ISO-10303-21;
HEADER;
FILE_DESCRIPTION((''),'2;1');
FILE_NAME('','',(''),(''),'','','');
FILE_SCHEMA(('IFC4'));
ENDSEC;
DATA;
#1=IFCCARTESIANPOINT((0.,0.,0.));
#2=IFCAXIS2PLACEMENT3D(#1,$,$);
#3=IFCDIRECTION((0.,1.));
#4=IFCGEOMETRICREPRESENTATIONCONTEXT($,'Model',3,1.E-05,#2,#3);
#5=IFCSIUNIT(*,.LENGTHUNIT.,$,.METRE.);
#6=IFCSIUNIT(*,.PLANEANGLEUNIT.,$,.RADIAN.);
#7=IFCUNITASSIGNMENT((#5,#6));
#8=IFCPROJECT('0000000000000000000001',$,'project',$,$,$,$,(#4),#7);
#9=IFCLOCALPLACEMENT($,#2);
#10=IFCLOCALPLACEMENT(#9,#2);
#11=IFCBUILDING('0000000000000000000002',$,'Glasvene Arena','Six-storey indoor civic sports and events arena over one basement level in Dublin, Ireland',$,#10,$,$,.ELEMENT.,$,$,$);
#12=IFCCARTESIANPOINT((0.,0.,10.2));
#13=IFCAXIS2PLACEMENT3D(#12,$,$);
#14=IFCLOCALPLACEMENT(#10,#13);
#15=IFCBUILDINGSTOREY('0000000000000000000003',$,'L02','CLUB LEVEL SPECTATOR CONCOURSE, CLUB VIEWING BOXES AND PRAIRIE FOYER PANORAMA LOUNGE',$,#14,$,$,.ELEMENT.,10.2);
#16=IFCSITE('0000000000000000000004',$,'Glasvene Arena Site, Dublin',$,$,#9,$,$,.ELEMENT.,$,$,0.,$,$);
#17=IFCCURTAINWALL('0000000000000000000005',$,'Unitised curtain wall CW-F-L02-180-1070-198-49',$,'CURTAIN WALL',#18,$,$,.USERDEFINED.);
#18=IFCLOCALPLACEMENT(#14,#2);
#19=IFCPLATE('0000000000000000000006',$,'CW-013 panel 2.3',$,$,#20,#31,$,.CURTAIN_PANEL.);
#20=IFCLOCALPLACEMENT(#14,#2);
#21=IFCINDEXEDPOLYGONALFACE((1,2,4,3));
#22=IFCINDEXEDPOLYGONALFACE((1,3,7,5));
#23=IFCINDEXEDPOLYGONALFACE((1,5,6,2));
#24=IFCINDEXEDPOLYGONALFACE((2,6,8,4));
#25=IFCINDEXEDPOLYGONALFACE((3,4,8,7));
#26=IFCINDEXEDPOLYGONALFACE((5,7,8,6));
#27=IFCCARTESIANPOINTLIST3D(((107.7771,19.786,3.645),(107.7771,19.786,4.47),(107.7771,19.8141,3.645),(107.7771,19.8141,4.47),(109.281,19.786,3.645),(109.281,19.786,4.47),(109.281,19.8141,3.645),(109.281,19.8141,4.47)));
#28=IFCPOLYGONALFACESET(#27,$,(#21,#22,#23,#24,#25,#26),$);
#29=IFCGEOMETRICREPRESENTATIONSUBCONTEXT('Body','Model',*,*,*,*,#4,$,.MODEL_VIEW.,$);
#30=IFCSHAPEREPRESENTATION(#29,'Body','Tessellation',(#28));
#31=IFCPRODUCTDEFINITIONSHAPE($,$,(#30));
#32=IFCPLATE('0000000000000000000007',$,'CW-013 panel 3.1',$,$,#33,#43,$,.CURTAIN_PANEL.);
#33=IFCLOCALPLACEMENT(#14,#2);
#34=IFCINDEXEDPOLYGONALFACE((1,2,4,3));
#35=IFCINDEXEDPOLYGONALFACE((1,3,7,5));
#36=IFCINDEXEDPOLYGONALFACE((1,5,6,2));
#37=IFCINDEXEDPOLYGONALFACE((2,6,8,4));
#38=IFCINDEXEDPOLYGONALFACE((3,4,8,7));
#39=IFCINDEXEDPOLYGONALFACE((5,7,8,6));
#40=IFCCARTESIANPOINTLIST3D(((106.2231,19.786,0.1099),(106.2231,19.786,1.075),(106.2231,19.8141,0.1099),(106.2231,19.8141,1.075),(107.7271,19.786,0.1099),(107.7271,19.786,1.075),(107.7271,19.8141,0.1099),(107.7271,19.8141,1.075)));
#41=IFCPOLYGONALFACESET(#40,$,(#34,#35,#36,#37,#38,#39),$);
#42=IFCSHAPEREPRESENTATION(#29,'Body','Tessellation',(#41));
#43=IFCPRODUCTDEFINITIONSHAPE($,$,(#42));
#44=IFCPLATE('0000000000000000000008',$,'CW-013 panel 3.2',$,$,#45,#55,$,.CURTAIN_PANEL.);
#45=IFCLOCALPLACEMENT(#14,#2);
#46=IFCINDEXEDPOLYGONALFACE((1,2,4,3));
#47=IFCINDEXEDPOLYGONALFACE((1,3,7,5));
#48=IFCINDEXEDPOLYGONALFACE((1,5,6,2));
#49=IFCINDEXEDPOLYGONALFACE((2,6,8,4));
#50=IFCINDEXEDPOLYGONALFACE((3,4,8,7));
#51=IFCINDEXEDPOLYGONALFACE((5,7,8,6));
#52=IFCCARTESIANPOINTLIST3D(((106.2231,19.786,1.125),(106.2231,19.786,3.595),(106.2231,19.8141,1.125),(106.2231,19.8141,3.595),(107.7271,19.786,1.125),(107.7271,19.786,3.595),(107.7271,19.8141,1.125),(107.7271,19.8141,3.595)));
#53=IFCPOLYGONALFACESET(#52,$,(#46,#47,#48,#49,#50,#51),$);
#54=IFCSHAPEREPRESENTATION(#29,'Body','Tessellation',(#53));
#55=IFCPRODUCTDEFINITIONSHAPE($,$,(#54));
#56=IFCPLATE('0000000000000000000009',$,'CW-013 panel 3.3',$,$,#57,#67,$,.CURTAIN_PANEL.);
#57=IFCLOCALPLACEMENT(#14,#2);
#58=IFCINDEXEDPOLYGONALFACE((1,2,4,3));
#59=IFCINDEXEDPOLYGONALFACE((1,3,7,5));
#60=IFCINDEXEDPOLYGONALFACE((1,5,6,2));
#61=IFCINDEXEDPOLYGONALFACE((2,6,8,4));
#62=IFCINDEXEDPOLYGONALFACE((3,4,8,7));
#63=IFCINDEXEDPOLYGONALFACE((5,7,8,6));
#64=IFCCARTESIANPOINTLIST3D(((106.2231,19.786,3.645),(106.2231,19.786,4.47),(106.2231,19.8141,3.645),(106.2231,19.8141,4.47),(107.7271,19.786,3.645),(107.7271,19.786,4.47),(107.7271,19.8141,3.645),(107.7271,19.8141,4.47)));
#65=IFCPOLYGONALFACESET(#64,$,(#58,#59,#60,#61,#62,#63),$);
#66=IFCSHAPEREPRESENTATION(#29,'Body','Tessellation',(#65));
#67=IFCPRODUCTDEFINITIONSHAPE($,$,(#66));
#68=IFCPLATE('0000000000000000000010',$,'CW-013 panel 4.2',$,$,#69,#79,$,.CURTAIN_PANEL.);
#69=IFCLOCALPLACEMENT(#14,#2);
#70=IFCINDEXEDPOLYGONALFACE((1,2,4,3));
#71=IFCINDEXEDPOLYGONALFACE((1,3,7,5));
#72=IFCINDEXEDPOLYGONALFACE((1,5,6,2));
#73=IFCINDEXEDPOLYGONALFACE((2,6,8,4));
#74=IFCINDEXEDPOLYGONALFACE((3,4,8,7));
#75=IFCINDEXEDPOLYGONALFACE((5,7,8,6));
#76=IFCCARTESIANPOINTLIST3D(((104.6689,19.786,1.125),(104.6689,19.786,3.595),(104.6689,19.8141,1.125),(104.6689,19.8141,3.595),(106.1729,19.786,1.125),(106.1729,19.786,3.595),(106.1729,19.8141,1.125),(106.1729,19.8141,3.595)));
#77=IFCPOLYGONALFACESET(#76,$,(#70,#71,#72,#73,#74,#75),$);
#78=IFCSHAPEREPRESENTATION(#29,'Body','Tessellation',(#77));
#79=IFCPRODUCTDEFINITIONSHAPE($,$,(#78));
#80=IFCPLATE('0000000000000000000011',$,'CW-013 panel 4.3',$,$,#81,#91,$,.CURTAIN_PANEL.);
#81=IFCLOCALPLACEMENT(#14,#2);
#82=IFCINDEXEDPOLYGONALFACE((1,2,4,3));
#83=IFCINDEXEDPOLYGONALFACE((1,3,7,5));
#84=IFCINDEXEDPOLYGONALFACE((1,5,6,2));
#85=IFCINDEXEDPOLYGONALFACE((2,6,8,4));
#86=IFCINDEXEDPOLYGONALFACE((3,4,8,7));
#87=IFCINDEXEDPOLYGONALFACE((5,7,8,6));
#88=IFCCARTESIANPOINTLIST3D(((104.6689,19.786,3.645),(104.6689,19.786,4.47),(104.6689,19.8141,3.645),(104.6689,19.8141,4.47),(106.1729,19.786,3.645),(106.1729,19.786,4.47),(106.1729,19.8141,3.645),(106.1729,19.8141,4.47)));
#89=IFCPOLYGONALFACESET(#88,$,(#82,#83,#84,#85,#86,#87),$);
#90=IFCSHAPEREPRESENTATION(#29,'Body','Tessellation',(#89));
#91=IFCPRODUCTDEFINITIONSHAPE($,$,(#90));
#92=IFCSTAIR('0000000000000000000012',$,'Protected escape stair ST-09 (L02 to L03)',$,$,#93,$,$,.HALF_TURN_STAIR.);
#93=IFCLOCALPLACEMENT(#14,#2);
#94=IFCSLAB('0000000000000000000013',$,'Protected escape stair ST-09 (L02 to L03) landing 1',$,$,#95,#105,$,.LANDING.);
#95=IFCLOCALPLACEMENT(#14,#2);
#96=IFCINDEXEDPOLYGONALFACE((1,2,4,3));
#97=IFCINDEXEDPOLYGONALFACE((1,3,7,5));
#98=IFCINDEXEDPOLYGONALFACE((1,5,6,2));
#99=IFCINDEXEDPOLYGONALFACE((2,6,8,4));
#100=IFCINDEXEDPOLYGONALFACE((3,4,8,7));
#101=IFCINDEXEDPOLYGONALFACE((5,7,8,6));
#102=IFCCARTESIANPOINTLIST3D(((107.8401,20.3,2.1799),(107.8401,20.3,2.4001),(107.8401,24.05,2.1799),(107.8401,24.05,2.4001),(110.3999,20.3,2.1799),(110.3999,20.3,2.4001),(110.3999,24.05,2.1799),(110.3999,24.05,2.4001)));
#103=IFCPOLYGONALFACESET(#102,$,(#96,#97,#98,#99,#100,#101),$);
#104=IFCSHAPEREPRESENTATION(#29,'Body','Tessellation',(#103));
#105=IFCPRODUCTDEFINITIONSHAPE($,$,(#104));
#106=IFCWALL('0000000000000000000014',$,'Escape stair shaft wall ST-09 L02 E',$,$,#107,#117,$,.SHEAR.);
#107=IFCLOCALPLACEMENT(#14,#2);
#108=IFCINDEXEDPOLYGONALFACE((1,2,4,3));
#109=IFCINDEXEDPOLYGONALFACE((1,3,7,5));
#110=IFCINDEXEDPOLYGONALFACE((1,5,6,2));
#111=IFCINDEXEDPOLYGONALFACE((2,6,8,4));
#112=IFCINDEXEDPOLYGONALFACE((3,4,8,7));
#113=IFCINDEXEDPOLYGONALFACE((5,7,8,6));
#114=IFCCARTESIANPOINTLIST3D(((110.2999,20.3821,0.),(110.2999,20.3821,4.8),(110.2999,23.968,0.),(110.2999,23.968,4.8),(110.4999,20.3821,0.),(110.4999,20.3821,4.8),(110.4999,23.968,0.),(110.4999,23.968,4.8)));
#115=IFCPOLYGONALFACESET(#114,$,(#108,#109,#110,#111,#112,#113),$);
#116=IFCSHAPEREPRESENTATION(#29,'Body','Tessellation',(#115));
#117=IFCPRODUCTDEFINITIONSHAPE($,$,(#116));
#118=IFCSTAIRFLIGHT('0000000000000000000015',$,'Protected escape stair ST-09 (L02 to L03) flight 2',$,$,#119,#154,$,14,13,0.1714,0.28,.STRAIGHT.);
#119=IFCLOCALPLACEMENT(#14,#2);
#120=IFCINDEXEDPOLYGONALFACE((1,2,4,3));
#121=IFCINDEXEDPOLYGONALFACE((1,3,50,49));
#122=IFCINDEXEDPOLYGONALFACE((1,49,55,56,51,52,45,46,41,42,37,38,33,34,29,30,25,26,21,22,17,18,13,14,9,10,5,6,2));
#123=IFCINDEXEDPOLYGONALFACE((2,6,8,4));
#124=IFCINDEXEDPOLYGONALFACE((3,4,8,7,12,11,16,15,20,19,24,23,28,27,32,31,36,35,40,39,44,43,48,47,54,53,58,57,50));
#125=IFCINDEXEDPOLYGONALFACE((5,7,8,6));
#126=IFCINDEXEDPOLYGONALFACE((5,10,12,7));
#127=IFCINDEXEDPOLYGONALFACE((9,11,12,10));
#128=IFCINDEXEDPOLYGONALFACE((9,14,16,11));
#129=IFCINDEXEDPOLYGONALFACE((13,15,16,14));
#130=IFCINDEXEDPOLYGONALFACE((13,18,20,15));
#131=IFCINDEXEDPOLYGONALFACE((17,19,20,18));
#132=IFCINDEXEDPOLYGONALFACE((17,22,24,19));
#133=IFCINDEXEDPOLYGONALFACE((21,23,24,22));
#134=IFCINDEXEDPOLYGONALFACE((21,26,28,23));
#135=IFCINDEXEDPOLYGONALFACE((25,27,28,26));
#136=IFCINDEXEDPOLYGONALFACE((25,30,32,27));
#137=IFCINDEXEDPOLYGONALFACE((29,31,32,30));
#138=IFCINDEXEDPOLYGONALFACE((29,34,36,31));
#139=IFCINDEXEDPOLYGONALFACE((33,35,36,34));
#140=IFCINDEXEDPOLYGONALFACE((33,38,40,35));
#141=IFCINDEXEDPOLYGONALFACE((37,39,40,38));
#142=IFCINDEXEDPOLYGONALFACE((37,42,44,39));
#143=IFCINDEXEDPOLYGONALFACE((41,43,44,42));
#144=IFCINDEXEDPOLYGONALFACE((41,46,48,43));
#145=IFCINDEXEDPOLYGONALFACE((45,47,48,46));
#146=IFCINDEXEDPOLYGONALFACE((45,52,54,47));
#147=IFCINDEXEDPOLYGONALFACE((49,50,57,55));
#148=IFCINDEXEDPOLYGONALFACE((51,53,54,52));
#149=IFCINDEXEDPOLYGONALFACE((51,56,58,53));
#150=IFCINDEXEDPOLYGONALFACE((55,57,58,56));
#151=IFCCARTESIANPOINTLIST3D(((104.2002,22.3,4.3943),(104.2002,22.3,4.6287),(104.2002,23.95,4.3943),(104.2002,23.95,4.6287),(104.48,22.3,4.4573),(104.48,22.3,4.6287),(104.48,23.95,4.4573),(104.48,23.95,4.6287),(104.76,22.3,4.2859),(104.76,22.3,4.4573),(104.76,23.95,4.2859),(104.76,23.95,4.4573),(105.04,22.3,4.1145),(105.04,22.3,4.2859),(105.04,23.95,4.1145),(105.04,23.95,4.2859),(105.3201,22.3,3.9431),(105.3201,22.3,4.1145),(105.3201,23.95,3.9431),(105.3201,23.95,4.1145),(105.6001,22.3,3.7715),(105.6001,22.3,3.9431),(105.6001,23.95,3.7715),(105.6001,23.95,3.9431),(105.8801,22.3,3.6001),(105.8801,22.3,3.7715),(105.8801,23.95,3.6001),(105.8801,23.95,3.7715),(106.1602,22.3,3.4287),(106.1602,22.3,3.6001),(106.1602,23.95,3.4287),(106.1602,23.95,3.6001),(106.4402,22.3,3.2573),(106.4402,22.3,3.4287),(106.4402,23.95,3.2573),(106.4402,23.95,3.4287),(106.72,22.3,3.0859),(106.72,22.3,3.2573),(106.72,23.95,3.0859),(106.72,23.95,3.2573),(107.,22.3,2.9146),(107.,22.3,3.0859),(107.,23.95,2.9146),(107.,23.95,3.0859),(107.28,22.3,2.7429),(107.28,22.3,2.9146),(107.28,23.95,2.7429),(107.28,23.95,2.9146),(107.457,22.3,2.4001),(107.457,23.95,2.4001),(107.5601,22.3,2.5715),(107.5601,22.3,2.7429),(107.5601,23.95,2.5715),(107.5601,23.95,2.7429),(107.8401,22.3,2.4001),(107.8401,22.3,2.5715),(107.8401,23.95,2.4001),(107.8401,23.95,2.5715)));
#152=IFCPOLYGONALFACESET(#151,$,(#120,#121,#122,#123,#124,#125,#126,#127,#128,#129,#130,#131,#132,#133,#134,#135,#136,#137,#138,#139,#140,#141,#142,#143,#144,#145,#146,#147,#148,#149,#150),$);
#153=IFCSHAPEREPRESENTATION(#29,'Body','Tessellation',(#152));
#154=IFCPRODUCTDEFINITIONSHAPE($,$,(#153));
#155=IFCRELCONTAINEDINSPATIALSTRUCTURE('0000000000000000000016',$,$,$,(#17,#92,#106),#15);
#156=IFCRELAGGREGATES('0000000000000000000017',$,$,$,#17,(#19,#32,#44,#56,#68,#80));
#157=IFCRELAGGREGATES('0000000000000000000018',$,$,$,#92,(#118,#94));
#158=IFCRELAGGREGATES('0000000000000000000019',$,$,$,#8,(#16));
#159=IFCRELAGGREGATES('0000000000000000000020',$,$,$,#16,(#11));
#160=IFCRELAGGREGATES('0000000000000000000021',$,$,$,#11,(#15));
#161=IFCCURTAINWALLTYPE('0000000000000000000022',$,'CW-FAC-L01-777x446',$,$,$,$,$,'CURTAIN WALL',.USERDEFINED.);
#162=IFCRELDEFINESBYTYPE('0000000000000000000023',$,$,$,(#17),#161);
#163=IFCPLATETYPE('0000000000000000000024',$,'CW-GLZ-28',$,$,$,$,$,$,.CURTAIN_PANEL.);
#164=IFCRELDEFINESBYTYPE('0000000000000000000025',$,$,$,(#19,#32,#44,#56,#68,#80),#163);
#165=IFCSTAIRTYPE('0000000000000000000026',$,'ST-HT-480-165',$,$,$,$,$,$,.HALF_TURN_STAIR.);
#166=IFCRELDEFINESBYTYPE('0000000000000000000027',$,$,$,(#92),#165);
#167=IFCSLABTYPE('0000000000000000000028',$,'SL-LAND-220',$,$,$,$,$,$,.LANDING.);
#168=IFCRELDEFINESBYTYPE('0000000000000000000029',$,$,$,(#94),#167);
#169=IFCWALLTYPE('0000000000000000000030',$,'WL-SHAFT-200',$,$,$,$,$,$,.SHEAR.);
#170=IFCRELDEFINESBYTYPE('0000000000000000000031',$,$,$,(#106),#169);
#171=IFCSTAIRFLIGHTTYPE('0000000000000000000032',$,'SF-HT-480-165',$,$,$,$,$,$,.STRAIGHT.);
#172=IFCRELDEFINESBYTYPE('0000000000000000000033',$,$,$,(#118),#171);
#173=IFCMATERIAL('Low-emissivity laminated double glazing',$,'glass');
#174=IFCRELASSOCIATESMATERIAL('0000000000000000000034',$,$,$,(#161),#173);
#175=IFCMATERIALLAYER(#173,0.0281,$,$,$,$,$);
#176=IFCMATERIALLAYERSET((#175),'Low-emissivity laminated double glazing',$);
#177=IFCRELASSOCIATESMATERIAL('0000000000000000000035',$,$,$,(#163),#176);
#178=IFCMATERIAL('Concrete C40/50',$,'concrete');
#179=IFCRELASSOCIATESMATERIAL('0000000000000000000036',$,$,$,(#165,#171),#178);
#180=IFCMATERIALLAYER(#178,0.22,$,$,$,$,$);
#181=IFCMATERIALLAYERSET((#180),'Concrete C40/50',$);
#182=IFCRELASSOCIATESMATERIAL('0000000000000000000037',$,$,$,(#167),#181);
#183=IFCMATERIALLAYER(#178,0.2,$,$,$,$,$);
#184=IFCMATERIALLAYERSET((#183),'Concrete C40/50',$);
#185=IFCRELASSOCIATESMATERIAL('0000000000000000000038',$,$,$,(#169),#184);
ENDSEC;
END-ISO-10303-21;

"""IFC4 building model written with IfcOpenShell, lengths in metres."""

from ifc_helpers import new_model, si_unit, direction, frame, frame_2d, origin, origin_2d, place, context, subcontext, project, spatial, polyline, rectangle, outline, extrude, material, layer, layer_set, type_object, element, aggregate, save


model = new_model("IFC4")

# Units and contexts
model_context = context("Model", 3, precision=1e-05, world=origin(), true_north=direction((0.0, 1.0)))
body_context = subcontext(model_context, "Body", "Model", "MODEL_VIEW")
ifc_project = project(units=[si_unit("LENGTHUNIT", "METRE"), si_unit("PLANEANGLEUNIT", "RADIAN")], contexts=[model_context])

# Site, building, storey
site_placement = place(None, origin())
site = spatial("IfcSite", under=ifc_project, at=site_placement, Name="Glasvene Arena Site, Dublin", CompositionType="ELEMENT", RefElevation=0.0)
building_placement = place(site_placement, origin())
building = spatial("IfcBuilding", under=site, at=building_placement, Name="Glasvene Arena", Description="Six-storey indoor civic sports and events arena over one basement level in Dublin, Ireland", CompositionType="ELEMENT")
storey_placement = place(building_placement, frame((0.0, 0.0, 10.2)))
storey = spatial("IfcBuildingStorey", under=building, at=storey_placement, Name="L02", Description="CLUB LEVEL SPECTATOR CONCOURSE, CLUB VIEWING BOXES AND PRAIRIE FOYER PANORAMA LOUNGE", CompositionType="ELEMENT", Elevation=10.2)

# Curtain wall, plates
ifc_material_1 = material(Name="Low-emissivity laminated double glazing", Category="glass")
curtain_wall_type = type_object("IfcCurtainWallType", Name="CW-FAC-L01-777x446", ElementType="CURTAIN WALL", PredefinedType="USERDEFINED", material=ifc_material_1)
curtain_wall_placement = place(storey_placement, frame((110.8601, 19.8, 0.0)))
curtain_wall = element("IfcCurtainWall", 1, at=curtain_wall_placement, inside=storey, type_object=curtain_wall_type, Name="Unitised curtain wall CW-F-L02-180-1070-198-49", ObjectType="CURTAIN WALL", PredefinedType="USERDEFINED")
ifc_layer_1 = layer(ifc_material_1, 0.0281)
ifc_layer_set_1 = layer_set([ifc_layer_1], Name="Low-emissivity laminated double glazing")
plate_type = type_object("IfcPlateType", Name="CW-GLZ-28", PredefinedType="CURTAIN_PANEL", material=ifc_layer_set_1)
plate_1_placement = place(storey_placement, frame((108.5291, 19.8, 3.645), z_axis=(0.0, 0.0, 1.0), x_axis=(-1.0, 0.0, 0.0)))
plate_1 = element("IfcPlate", 2, at=plate_1_placement, type_object=plate_type, Name="CW-013 panel 2.3", PredefinedType="CURTAIN_PANEL", context=body_context, shape_type="SweptSolid", body=[
    extrude(rectangle(XDim=1.5039, YDim=0.0281, at=origin_2d()), origin(), (0.0, 0.0, 1.0), 0.825),
])
plate_2_placement = place(storey_placement, frame((106.9751, 19.8, 0.1099), z_axis=(0.0, 0.0, 1.0), x_axis=(-1.0, 0.0, 0.0)))
plate_2 = element("IfcPlate", 3, at=plate_2_placement, type_object=plate_type, Name="CW-013 panel 3.1", PredefinedType="CURTAIN_PANEL", context=body_context, shape_type="SweptSolid", body=[
    extrude(rectangle(XDim=1.5039, YDim=0.0281, at=origin_2d()), origin(), (0.0, 0.0, 1.0), 0.9651),
])
plate_3_placement = place(storey_placement, frame((106.9751, 19.8, 1.125), z_axis=(0.0, 0.0, 1.0), x_axis=(-1.0, 0.0, 0.0)))
plate_3 = element("IfcPlate", 4, at=plate_3_placement, type_object=plate_type, Name="CW-013 panel 3.2", PredefinedType="CURTAIN_PANEL", context=body_context, shape_type="SweptSolid", body=[
    extrude(rectangle(XDim=1.5039, YDim=0.0281, at=origin_2d()), origin(), (0.0, 0.0, 1.0), 2.47),
])
plate_4_placement = place(storey_placement, frame((106.9751, 19.8, 3.645), z_axis=(0.0, 0.0, 1.0), x_axis=(-1.0, 0.0, 0.0)))
plate_4 = element("IfcPlate", 5, at=plate_4_placement, type_object=plate_type, Name="CW-013 panel 3.3", PredefinedType="CURTAIN_PANEL", context=body_context, shape_type="SweptSolid", body=[
    extrude(rectangle(XDim=1.5039, YDim=0.0281, at=origin_2d()), origin(), (0.0, 0.0, 1.0), 0.825),
])
plate_5_placement = place(storey_placement, frame((105.4209, 19.8, 1.125), z_axis=(0.0, 0.0, 1.0), x_axis=(-1.0, 0.0, 0.0)))
plate_5 = element("IfcPlate", 6, at=plate_5_placement, type_object=plate_type, Name="CW-013 panel 4.2", PredefinedType="CURTAIN_PANEL", context=body_context, shape_type="SweptSolid", body=[
    extrude(rectangle(XDim=1.5039, YDim=0.0281, at=origin_2d()), origin(), (0.0, 0.0, 1.0), 2.47),
])
plate_6_placement = place(storey_placement, frame((105.4209, 19.8, 3.645), z_axis=(0.0, 0.0, 1.0), x_axis=(-1.0, 0.0, 0.0)))
plate_6 = element("IfcPlate", 7, at=plate_6_placement, type_object=plate_type, Name="CW-013 panel 4.3", PredefinedType="CURTAIN_PANEL", context=body_context, shape_type="SweptSolid", body=[
    extrude(rectangle(XDim=1.5039, YDim=0.0281, at=origin_2d()), origin(), (0.0, 0.0, 1.0), 0.825),
])
aggregate(curtain_wall, [plate_1, plate_2, plate_3, plate_4, plate_5, plate_6])

# Stair, slab
ifc_material_2 = material(Name="Concrete C40/50", Category="concrete")
stair_type = type_object("IfcStairType", Name="ST-HT-480-165", PredefinedType="HALF_TURN_STAIR", material=ifc_material_2)
stair_placement = place(storey_placement, origin())
stair = element("IfcStair", 8, at=stair_placement, inside=storey, type_object=stair_type, Name="Protected escape stair ST-09 (L02 to L03)", PredefinedType="HALF_TURN_STAIR")
ifc_layer_2 = layer(ifc_material_2, 0.22)
ifc_layer_set_2 = layer_set([ifc_layer_2], Name="Concrete C40/50")
slab_type = type_object("IfcSlabType", Name="SL-LAND-220", PredefinedType="LANDING", material=ifc_layer_set_2)
slab_placement = place(storey_placement, frame((109.1201, 22.175, 2.1799)))
slab = element("IfcSlab", 9, at=slab_placement, type_object=slab_type, Name="Protected escape stair ST-09 (L02 to L03) landing 1", PredefinedType="LANDING", context=body_context, shape_type="SweptSolid", body=[
    extrude(outline(polyline([(-1.28, -1.875), (1.2798, -1.875), (1.2798, 1.875), (-1.28, 1.875), (-1.28, -1.875)])), origin(), (0.0, 0.0, 1.0), 0.2202),
])

# Wall
ifc_layer_3 = layer(ifc_material_2, 0.2)
ifc_layer_set_3 = layer_set([ifc_layer_3], Name="Concrete C40/50")
wall_type = type_object("IfcWallType", Name="WL-SHAFT-200", PredefinedType="SHEAR", material=ifc_layer_set_3)
wall_placement = place(storey_placement, frame((110.3999, 20.3821, 0.0), z_axis=(0.0, 0.0, 1.0), x_axis=(0.0, 1.0, 0.0)))
element("IfcWall", 10, at=wall_placement, inside=storey, type_object=wall_type, Name="Escape stair shaft wall ST-09 L02 E", PredefinedType="SHEAR", context=body_context, shape_type="SweptSolid", body=[
    extrude(rectangle(XDim=3.5859, YDim=0.2, at=frame_2d((1.793, 0.0))), origin(), (0.0, 0.0, 1.0), 4.8),
])

# Stair flight
stair_flight_type = type_object("IfcStairFlightType", Name="SF-HT-480-165", PredefinedType="STRAIGHT", material=ifc_material_2)
stair_flight_placement = place(storey_placement, frame((107.8401, 23.125, 2.4001), z_axis=(0.0, 0.0, 1.0), x_axis=(-1.0, 0.0, 0.0)))
stair_flight = element("IfcStairFlight", 11, at=stair_flight_placement, type_object=stair_flight_type, Name="Protected escape stair ST-09 (L02 to L03) flight 2", NumberOfRisers=14, NumberOfTreads=13, PredefinedType="STRAIGHT", RiserHeight=0.1714, TreadLength=0.28, context=body_context, shape_type="SweptSolid", body=[
    extrude(outline(polyline([(0.0, 0.0), (0.0, 0.1714), (0.28, 0.1714), (0.28, 0.3428), (0.5601, 0.3428), (0.5601, 0.5144), (0.8401, 0.5144), (0.8401, 0.6858), (1.1201, 0.6858), (1.1201, 0.8572), (1.3999, 0.8572), (1.3999, 1.0286), (1.6799, 1.0286), (1.6799, 1.2), (1.96, 1.2), (1.96, 1.3713), (2.24, 1.3713), (2.24, 1.543), (2.52, 1.543), (2.52, 1.7144), (2.8, 1.7144), (2.8, 1.8857), (3.0801, 1.8857), (3.0801, 2.0571), (3.3601, 2.0571), (3.3601, 2.2285), (3.6399, 2.2285), (3.6399, 2.3999), (3.6399, 1.9941), (0.3831, 0.0), (0.0, 0.0)])), frame((0.0, 0.825, 0.0), z_axis=(0.0, -1.0, 0.0), x_axis=(1.0, 0.0, 0.0)), (0.0, 0.0, 1.0), 1.6499),
])
aggregate(stair, [stair_flight, slab])

save(model, "model.ifc")
